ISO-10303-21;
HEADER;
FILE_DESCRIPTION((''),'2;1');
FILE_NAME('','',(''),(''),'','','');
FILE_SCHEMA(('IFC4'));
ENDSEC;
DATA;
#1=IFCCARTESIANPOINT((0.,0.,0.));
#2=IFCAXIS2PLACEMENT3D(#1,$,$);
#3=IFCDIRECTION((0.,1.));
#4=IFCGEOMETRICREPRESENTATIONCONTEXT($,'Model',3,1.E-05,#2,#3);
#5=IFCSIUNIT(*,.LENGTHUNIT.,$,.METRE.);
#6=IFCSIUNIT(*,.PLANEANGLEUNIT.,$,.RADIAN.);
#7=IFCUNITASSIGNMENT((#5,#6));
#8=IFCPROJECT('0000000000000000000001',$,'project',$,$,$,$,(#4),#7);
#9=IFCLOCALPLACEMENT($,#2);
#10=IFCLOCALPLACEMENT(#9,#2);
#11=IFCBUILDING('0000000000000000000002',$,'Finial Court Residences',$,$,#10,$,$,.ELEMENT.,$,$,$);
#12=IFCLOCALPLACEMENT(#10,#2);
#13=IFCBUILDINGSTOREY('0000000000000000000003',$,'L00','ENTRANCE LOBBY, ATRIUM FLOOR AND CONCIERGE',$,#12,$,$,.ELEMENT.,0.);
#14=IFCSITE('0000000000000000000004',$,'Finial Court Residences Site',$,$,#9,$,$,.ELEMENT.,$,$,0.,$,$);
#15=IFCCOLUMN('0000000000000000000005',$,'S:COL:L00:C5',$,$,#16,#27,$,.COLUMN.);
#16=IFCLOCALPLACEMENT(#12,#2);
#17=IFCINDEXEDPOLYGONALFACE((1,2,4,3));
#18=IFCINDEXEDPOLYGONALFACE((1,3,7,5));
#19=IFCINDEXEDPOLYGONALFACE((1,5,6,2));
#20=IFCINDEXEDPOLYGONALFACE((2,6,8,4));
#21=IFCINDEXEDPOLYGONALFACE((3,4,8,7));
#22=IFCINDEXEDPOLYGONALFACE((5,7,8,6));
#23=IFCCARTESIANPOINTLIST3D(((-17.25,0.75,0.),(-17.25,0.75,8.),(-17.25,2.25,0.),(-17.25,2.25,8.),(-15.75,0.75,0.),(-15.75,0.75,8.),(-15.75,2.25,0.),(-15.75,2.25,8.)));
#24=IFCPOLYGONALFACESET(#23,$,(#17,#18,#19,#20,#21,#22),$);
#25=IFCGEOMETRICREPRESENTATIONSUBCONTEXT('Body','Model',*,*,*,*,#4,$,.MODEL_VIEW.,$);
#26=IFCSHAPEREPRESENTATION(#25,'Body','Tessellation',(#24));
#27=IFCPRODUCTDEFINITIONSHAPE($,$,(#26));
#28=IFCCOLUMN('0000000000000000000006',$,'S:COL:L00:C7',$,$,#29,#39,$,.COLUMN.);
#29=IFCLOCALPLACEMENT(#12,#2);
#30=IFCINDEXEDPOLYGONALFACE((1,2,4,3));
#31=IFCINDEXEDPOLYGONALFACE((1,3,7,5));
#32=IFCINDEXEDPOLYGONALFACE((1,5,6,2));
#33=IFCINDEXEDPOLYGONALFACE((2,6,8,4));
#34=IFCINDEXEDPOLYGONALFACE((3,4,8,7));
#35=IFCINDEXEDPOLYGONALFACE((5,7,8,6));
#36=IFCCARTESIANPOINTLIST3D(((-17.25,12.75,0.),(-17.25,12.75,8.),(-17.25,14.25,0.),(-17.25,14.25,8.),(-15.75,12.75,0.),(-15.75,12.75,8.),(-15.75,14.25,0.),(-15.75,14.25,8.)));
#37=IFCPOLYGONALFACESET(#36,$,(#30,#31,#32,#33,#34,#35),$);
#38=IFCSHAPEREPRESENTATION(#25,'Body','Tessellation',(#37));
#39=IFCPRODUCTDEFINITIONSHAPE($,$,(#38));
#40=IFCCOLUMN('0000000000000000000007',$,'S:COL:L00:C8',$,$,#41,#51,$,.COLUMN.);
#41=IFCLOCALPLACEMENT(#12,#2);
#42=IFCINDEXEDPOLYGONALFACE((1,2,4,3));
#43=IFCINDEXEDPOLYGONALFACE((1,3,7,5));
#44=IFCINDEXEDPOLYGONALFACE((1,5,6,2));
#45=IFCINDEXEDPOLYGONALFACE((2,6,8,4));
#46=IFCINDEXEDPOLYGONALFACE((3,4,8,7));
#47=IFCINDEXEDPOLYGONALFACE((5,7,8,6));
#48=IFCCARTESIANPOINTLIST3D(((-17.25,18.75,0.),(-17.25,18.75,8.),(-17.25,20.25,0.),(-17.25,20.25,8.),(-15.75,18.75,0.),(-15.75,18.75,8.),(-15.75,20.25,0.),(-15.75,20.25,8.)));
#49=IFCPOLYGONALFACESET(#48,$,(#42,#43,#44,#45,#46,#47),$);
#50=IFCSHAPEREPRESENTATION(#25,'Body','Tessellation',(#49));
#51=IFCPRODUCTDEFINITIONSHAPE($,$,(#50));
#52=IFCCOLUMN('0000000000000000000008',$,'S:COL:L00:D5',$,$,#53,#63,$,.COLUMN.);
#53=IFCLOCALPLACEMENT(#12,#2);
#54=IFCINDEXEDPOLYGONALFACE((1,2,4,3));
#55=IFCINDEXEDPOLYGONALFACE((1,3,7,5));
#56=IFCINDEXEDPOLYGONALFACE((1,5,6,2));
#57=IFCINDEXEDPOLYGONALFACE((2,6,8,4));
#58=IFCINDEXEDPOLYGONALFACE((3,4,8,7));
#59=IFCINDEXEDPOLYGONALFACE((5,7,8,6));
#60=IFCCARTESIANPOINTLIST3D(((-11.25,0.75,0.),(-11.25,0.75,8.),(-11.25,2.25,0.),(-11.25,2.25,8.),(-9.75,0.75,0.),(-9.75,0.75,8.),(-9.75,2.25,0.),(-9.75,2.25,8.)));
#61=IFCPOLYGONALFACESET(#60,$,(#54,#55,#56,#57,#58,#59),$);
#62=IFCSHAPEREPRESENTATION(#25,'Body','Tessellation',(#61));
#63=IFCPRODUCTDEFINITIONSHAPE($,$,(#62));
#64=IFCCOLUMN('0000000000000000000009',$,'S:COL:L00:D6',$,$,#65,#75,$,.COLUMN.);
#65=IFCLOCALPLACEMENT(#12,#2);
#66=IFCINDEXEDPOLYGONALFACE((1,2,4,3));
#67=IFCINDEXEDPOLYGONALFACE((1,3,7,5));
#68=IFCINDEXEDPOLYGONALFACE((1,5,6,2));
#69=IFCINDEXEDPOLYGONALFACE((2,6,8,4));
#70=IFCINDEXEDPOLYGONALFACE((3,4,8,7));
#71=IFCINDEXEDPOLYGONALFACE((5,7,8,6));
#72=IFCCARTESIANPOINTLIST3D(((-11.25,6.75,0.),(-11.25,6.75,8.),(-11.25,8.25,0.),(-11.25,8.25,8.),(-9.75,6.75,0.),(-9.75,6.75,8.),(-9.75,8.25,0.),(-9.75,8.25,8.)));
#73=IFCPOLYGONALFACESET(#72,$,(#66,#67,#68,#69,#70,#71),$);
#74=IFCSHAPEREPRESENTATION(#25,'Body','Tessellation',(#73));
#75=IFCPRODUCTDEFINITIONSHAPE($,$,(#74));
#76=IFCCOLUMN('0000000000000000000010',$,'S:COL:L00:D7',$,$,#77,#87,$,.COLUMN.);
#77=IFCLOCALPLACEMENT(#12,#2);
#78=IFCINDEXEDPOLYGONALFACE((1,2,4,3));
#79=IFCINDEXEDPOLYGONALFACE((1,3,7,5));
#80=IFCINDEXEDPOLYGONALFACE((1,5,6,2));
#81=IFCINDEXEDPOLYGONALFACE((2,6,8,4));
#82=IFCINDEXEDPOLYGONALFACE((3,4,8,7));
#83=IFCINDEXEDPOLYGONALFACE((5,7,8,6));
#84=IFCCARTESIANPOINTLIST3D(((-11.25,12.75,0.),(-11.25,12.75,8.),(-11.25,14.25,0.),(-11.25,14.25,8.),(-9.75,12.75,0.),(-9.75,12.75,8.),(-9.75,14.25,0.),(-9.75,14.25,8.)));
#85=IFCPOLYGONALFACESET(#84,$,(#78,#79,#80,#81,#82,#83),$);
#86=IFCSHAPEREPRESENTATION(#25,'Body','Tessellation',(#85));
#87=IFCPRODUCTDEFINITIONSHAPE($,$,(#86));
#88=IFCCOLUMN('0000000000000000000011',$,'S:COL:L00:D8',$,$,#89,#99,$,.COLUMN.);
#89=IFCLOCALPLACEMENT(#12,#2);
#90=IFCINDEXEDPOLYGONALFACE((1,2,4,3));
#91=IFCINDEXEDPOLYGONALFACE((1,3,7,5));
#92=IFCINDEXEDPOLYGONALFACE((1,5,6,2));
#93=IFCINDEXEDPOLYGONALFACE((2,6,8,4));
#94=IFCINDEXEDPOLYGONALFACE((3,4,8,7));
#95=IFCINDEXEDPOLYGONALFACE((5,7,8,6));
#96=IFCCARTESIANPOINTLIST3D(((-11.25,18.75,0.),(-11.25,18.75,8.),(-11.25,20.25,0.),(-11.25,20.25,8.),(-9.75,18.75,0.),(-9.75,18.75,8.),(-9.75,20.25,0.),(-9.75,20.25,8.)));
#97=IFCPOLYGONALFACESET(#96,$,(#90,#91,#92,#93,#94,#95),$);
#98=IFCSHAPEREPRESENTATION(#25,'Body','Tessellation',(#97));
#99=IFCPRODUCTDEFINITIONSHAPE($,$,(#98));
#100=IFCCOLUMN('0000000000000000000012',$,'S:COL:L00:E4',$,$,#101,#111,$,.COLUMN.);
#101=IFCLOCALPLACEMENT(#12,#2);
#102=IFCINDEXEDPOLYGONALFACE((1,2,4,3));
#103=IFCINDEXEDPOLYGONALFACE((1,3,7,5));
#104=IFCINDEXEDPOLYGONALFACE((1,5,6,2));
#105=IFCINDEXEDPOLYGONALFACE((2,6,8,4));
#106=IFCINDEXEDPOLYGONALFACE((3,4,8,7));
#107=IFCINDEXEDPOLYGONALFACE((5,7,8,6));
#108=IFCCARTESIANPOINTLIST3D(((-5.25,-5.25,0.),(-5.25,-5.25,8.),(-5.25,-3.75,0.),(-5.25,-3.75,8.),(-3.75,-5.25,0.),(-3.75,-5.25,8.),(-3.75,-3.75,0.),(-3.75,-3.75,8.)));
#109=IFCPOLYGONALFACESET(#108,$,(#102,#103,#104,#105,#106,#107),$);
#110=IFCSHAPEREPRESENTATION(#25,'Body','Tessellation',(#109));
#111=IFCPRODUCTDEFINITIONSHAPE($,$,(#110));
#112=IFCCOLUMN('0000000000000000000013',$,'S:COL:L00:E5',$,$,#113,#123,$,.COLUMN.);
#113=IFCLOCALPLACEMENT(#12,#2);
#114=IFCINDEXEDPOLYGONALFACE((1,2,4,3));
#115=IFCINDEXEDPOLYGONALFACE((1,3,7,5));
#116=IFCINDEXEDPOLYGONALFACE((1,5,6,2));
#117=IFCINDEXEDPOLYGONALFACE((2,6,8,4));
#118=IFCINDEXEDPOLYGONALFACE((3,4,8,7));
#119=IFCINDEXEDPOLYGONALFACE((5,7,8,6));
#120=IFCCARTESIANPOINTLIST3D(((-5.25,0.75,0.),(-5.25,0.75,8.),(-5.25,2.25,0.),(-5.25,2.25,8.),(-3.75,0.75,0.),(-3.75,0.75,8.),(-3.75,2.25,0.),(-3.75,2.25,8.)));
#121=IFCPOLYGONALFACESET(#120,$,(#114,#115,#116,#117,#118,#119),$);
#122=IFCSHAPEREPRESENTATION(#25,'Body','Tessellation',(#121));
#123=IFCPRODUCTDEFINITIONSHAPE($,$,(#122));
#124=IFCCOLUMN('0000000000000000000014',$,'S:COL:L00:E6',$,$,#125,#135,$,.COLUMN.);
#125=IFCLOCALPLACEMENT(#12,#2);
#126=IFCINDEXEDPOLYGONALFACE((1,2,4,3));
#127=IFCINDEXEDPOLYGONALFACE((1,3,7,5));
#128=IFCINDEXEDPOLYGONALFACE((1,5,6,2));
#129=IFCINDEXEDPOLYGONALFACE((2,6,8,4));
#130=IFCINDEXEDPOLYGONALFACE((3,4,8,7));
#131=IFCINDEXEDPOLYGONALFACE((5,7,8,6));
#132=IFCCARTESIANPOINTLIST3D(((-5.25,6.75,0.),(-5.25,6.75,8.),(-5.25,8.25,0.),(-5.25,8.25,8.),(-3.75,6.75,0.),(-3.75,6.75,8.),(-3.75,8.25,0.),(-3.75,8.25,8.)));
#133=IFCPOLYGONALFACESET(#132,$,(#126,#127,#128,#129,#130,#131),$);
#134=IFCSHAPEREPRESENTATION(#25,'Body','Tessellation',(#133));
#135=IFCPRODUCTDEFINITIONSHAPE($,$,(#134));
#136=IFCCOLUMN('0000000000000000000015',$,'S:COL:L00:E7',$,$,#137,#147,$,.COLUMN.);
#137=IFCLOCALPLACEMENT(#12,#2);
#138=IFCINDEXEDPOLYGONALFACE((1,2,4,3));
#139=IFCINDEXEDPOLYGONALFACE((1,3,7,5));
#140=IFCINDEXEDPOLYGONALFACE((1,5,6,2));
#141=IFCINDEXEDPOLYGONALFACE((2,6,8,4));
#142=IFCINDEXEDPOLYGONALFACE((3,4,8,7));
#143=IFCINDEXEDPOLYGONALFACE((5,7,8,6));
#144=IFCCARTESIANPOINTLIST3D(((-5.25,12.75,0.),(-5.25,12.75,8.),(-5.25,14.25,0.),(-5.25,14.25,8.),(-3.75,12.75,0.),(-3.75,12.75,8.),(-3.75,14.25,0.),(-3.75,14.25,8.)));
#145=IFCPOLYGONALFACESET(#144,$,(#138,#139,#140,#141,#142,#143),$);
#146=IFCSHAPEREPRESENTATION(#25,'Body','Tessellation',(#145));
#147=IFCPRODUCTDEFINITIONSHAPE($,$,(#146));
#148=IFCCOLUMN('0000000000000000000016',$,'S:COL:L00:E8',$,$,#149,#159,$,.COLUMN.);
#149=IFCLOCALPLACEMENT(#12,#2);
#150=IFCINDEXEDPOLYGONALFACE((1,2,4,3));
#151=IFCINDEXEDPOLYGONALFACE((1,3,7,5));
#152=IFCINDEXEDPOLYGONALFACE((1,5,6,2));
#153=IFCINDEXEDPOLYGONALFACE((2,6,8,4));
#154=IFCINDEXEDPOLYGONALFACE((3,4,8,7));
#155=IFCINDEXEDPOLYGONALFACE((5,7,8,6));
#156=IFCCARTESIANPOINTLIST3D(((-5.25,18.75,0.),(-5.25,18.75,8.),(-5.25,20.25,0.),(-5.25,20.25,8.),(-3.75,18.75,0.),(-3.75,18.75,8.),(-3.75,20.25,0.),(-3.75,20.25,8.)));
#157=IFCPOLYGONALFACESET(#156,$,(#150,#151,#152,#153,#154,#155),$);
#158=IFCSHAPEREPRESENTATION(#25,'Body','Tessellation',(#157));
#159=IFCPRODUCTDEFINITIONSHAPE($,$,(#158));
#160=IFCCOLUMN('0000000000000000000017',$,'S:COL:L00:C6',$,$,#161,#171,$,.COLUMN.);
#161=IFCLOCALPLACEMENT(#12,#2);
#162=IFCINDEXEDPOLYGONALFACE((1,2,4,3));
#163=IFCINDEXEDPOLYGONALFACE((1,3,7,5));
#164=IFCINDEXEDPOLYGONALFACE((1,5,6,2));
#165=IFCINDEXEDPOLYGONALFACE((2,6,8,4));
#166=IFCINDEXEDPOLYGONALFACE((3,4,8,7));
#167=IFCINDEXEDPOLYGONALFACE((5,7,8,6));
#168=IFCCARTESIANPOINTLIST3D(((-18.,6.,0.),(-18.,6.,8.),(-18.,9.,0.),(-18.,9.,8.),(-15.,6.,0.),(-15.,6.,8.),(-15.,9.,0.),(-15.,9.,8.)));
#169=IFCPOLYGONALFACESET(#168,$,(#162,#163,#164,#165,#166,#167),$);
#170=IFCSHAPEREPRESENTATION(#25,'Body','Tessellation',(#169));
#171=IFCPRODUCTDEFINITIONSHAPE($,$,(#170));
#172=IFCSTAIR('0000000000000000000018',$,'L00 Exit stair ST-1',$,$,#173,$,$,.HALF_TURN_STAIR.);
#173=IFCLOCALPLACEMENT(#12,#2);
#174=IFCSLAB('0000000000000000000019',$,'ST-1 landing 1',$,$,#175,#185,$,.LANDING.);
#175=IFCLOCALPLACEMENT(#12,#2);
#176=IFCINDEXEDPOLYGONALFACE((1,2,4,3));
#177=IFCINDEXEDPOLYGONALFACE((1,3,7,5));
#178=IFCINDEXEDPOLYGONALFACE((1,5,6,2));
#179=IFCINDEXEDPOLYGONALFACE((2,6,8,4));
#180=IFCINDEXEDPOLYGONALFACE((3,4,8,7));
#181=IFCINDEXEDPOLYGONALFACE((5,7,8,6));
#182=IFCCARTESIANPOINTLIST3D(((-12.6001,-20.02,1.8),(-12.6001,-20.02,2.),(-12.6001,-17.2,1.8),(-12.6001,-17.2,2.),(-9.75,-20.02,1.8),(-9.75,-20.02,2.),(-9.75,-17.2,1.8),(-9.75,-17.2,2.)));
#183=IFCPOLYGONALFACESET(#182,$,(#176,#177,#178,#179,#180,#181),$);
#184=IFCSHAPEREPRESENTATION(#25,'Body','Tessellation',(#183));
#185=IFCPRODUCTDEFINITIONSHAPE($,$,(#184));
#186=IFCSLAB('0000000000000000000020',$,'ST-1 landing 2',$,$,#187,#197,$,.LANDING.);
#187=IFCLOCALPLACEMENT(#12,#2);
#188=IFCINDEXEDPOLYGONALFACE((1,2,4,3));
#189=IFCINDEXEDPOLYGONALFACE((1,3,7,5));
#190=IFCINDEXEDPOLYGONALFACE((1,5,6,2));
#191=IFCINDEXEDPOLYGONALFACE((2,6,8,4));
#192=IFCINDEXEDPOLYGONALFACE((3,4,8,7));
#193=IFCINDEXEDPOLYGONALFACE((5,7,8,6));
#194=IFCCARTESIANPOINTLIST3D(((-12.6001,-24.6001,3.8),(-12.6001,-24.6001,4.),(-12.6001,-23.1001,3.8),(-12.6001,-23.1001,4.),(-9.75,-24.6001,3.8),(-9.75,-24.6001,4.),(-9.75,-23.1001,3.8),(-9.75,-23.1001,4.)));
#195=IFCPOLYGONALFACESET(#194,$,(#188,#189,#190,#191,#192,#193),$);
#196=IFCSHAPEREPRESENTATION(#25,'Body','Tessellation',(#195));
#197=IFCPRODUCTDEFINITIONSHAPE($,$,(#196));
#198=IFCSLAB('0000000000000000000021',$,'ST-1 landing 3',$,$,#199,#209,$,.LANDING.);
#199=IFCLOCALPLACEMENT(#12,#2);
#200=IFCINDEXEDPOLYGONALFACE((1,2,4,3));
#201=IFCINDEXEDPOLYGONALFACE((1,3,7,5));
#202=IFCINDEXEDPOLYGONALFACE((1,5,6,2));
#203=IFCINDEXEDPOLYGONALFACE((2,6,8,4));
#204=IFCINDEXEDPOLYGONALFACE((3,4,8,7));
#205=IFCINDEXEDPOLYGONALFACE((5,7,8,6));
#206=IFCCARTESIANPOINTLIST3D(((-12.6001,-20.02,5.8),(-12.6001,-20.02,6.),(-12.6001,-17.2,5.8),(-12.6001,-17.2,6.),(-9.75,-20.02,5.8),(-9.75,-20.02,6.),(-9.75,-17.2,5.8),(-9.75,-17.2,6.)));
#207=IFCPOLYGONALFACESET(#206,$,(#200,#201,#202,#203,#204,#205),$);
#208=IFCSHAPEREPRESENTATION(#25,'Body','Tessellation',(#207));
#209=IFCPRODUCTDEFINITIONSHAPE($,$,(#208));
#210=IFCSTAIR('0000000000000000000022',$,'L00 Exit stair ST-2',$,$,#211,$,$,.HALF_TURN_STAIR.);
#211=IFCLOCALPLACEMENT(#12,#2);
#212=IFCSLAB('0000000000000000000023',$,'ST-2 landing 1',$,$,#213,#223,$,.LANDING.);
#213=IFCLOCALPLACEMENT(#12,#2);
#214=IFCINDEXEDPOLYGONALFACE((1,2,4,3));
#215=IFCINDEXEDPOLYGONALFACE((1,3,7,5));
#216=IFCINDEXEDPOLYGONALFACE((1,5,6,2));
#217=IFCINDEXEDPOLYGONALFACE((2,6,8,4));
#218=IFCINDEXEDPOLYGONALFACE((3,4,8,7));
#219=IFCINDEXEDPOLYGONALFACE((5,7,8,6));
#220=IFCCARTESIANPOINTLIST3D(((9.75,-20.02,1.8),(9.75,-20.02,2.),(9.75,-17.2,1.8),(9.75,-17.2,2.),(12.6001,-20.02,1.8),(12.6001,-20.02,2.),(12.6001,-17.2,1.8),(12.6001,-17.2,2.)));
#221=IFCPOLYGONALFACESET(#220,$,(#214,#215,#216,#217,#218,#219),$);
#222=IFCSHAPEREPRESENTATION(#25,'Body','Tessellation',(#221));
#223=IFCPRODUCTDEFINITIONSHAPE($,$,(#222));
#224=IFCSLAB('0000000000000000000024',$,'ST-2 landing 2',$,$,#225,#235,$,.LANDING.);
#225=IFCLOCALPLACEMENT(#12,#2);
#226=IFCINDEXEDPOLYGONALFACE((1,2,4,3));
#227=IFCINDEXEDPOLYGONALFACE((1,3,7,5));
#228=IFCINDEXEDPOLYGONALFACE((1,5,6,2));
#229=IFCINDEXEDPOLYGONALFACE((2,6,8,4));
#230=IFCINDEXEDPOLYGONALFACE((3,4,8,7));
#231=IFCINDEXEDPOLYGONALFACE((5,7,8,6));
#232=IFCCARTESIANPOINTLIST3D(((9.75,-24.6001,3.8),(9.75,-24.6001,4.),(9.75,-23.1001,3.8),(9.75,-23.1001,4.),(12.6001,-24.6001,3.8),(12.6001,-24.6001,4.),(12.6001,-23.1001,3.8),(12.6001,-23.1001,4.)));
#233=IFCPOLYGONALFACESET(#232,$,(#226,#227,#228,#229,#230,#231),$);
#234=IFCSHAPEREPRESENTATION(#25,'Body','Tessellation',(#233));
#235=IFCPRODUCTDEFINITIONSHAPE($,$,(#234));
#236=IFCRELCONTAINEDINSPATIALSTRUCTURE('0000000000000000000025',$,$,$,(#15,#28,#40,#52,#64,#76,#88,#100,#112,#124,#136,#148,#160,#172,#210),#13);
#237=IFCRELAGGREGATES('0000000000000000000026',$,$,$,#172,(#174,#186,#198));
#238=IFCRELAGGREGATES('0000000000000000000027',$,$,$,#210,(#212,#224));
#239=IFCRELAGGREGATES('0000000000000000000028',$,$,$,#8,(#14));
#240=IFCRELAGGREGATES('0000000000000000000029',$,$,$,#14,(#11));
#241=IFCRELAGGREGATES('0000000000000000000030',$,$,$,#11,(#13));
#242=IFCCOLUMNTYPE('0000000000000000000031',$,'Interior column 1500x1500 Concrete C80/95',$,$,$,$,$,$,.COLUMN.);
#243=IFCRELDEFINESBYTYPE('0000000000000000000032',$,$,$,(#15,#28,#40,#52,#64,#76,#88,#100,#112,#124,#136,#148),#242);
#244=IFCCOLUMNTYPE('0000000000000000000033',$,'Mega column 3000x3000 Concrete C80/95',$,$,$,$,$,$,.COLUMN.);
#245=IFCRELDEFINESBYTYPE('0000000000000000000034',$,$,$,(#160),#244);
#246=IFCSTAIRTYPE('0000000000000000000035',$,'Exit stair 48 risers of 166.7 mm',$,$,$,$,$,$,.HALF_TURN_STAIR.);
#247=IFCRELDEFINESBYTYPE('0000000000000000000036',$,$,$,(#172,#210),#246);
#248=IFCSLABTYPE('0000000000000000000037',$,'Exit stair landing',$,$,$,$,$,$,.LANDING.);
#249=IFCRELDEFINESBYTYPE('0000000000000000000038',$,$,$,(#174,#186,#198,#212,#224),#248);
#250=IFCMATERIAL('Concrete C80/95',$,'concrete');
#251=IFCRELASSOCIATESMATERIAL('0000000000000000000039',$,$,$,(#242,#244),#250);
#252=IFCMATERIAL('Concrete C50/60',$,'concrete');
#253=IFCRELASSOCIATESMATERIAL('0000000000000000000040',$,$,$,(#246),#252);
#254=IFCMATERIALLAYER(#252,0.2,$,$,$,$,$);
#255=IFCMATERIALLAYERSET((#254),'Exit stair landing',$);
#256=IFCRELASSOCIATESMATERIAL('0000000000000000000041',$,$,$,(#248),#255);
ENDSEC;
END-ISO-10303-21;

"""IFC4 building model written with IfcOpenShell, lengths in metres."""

from ifc_helpers import new_model, si_unit, direction, frame, origin, origin_2d, place, context, subcontext, project, spatial, polyline, rectangle, outline, extrude, material, layer, layer_set, material_profile, profile_set, type_object, element, aggregate, save


model = new_model("IFC4")

# Units and contexts
model_context = context("Model", 3, precision=1e-05, world=origin(), true_north=direction((0.0, 1.0)))
body_context = subcontext(model_context, "Body", "Model", "MODEL_VIEW")
ifc_project = project(units=[si_unit("LENGTHUNIT", "METRE"), si_unit("PLANEANGLEUNIT", "RADIAN")], contexts=[model_context])

# Site, building, storey
site_placement = place(None, origin())
site = spatial("IfcSite", under=ifc_project, at=site_placement, Name="Finial Court Residences Site", CompositionType="ELEMENT", RefElevation=0.0)
building_placement = place(site_placement, origin())
building = spatial("IfcBuilding", under=site, at=building_placement, Name="Finial Court Residences", CompositionType="ELEMENT")
storey_placement = place(building_placement, origin())
storey = spatial("IfcBuildingStorey", under=building, at=storey_placement, Name="L00", Description="ENTRANCE LOBBY, ATRIUM FLOOR AND CONCIERGE", CompositionType="ELEMENT", Elevation=0.0)

# Columns
ifc_material_1 = material(Name="Concrete C80/95", Category="concrete")
ifc_material_profile_1 = material_profile(ifc_material_1, rectangle(XDim=1.5, YDim=1.5, at=origin_2d()), Name="1500x1500")
ifc_profile_set_1 = profile_set([ifc_material_profile_1], Name="Concrete C80/95")
column_type_1 = type_object("IfcColumnType", Name="Interior column 1500x1500 Concrete C80/95", PredefinedType="COLUMN", material=ifc_profile_set_1)
for number, where, z_axis, x_axis, name in (
    (1, (-16.5, 1.5, 0.0), (0.0, 0.0, 1.0), (1.0, 0.0, 0.0), "S:COL:L00:C5"),
    (2, (-16.5, 13.5, 0.0), (0.0, 0.0, 1.0), (1.0, 0.0, 0.0), "S:COL:L00:C7"),
    (3, (-16.5, 19.5, 0.0), (0.0, 0.0, 1.0), (1.0, 0.0, 0.0), "S:COL:L00:C8"),
    (4, (-10.5, 1.5, 0.0), (0.0, 0.0, 1.0), (1.0, 0.0, 0.0), "S:COL:L00:D5"),
    (5, (-10.5, 7.5, 0.0), (0.0, 0.0, 1.0), (1.0, 0.0, 0.0), "S:COL:L00:D6"),
    (6, (-10.5, 13.5, 0.0), (0.0, 0.0, 1.0), (1.0, 0.0, 0.0), "S:COL:L00:D7"),
    (7, (-10.5, 19.5, 0.0), (0.0, 0.0, 1.0), (1.0, 0.0, 0.0), "S:COL:L00:D8"),
    (8, (-4.5, -4.5, 0.0), (0.0, 0.0, 1.0), (1.0, 0.0, 0.0), "S:COL:L00:E4"),
    (9, (-4.5, 1.5, 0.0), (0.0, 0.0, 1.0), (1.0, 0.0, 0.0), "S:COL:L00:E5"),
    (10, (-4.5, 7.5, 0.0), (0.0, 0.0, 1.0), (1.0, 0.0, 0.0), "S:COL:L00:E6"),
    (11, (-4.5, 13.5, 0.0), (0.0, 0.0, 1.0), (1.0, 0.0, 0.0), "S:COL:L00:E7"),
    (12, (-4.5, 19.5, 0.0), (0.0, 0.0, 1.0), (1.0, 0.0, 0.0), "S:COL:L00:E8"),
):
    element("IfcColumn", number, at=place(storey_placement, frame(where, z_axis=z_axis, x_axis=x_axis)), inside=storey, type_object=column_type_1, Name=name, PredefinedType="COLUMN", context=body_context, shape_type="SweptSolid", body=[
        extrude(rectangle(XDim=1.5, YDim=1.5, at=origin_2d()), origin(), (0.0, 0.0, 1.0), 8.0),
    ])
ifc_material_profile_2 = material_profile(ifc_material_1, rectangle(XDim=3.0, YDim=3.0, at=origin_2d()), Name="3000x3000")
ifc_profile_set_2 = profile_set([ifc_material_profile_2], Name="Concrete C80/95")
column_type_2 = type_object("IfcColumnType", Name="Mega column 3000x3000 Concrete C80/95", PredefinedType="COLUMN", material=ifc_profile_set_2)
column_placement = place(storey_placement, frame((-16.5, 7.5, 0.0), z_axis=(0.0, 0.0, 1.0), x_axis=(1.0, 0.0, 0.0)))
element("IfcColumn", 13, at=column_placement, inside=storey, type_object=column_type_2, Name="S:COL:L00:C6", PredefinedType="COLUMN", context=body_context, shape_type="SweptSolid", body=[
    extrude(rectangle(XDim=3.0, YDim=3.0, at=origin_2d()), origin(), (0.0, 0.0, 1.0), 8.0),
])

# Stairs, slabs
ifc_material_2 = material(Name="Concrete C50/60", Category="concrete")
stair_type = type_object("IfcStairType", Name="Exit stair 48 risers of 166.7 mm", PredefinedType="HALF_TURN_STAIR", material=ifc_material_2)
stair_1_placement = place(storey_placement, origin())
stair_1 = element("IfcStair", 14, at=stair_1_placement, inside=storey, type_object=stair_type, Name="L00 Exit stair ST-1", PredefinedType="HALF_TURN_STAIR")
ifc_layer_1 = layer(ifc_material_2, 0.2)
ifc_layer_set_1 = layer_set([ifc_layer_1], Name="Exit stair landing")
slab_type_1 = type_object("IfcSlabType", Name="Exit stair landing", PredefinedType="LANDING", material=ifc_layer_set_1)
slab_1_placement = place(storey_placement, frame((0.0, 0.0, 1.8)))
slab_1 = element("IfcSlab", 15, at=slab_1_placement, type_object=slab_type_1, Name="ST-1 landing 1", PredefinedType="LANDING", context=body_context, shape_type="SweptSolid", body=[
    extrude(outline(polyline([(-9.75, -20.02), (-9.75, -17.2), (-12.6001, -17.2), (-12.6001, -20.02), (-9.75, -20.02)])), origin(), (0.0, 0.0, 1.0), 0.2),
])
slab_2_placement = place(storey_placement, frame((0.0, 0.0, 3.8)))
slab_2 = element("IfcSlab", 16, at=slab_2_placement, type_object=slab_type_1, Name="ST-1 landing 2", PredefinedType="LANDING", context=body_context, shape_type="SweptSolid", body=[
    extrude(outline(polyline([(-9.75, -24.6001), (-9.75, -23.1001), (-12.6001, -23.1001), (-12.6001, -24.6001), (-9.75, -24.6001)])), origin(), (0.0, 0.0, 1.0), 0.2),
])
slab_3_placement = place(storey_placement, frame((0.0, 0.0, 5.8)))
slab_3 = element("IfcSlab", 17, at=slab_3_placement, type_object=slab_type_1, Name="ST-1 landing 3", PredefinedType="LANDING", context=body_context, shape_type="SweptSolid", body=[
    extrude(outline(polyline([(-9.75, -20.02), (-9.75, -17.2), (-12.6001, -17.2), (-12.6001, -20.02), (-9.75, -20.02)])), origin(), (0.0, 0.0, 1.0), 0.2),
])
aggregate(stair_1, [slab_1, slab_2, slab_3])
stair_2_placement = place(storey_placement, origin())
stair_2 = element("IfcStair", 18, at=stair_2_placement, inside=storey, type_object=stair_type, Name="L00 Exit stair ST-2", PredefinedType="HALF_TURN_STAIR")
slab_4_placement = place(storey_placement, frame((0.0, 0.0, 1.8)))
slab_4 = element("IfcSlab", 19, at=slab_4_placement, type_object=slab_type_1, Name="ST-2 landing 1", PredefinedType="LANDING", context=body_context, shape_type="SweptSolid", body=[
    extrude(outline(polyline([(12.6001, -20.02), (12.6001, -17.2), (9.75, -17.2), (9.75, -20.02), (12.6001, -20.02)])), origin(), (0.0, 0.0, 1.0), 0.2),
])
slab_5_placement = place(storey_placement, frame((0.0, 0.0, 3.8)))
slab_5 = element("IfcSlab", 20, at=slab_5_placement, type_object=slab_type_1, Name="ST-2 landing 2", PredefinedType="LANDING", context=body_context, shape_type="SweptSolid", body=[
    extrude(outline(polyline([(12.6001, -24.6001), (12.6001, -23.1001), (9.75, -23.1001), (9.75, -24.6001), (12.6001, -24.6001)])), origin(), (0.0, 0.0, 1.0), 0.2),
])
aggregate(stair_2, [slab_4, slab_5])

save(model, "model.ifc")
